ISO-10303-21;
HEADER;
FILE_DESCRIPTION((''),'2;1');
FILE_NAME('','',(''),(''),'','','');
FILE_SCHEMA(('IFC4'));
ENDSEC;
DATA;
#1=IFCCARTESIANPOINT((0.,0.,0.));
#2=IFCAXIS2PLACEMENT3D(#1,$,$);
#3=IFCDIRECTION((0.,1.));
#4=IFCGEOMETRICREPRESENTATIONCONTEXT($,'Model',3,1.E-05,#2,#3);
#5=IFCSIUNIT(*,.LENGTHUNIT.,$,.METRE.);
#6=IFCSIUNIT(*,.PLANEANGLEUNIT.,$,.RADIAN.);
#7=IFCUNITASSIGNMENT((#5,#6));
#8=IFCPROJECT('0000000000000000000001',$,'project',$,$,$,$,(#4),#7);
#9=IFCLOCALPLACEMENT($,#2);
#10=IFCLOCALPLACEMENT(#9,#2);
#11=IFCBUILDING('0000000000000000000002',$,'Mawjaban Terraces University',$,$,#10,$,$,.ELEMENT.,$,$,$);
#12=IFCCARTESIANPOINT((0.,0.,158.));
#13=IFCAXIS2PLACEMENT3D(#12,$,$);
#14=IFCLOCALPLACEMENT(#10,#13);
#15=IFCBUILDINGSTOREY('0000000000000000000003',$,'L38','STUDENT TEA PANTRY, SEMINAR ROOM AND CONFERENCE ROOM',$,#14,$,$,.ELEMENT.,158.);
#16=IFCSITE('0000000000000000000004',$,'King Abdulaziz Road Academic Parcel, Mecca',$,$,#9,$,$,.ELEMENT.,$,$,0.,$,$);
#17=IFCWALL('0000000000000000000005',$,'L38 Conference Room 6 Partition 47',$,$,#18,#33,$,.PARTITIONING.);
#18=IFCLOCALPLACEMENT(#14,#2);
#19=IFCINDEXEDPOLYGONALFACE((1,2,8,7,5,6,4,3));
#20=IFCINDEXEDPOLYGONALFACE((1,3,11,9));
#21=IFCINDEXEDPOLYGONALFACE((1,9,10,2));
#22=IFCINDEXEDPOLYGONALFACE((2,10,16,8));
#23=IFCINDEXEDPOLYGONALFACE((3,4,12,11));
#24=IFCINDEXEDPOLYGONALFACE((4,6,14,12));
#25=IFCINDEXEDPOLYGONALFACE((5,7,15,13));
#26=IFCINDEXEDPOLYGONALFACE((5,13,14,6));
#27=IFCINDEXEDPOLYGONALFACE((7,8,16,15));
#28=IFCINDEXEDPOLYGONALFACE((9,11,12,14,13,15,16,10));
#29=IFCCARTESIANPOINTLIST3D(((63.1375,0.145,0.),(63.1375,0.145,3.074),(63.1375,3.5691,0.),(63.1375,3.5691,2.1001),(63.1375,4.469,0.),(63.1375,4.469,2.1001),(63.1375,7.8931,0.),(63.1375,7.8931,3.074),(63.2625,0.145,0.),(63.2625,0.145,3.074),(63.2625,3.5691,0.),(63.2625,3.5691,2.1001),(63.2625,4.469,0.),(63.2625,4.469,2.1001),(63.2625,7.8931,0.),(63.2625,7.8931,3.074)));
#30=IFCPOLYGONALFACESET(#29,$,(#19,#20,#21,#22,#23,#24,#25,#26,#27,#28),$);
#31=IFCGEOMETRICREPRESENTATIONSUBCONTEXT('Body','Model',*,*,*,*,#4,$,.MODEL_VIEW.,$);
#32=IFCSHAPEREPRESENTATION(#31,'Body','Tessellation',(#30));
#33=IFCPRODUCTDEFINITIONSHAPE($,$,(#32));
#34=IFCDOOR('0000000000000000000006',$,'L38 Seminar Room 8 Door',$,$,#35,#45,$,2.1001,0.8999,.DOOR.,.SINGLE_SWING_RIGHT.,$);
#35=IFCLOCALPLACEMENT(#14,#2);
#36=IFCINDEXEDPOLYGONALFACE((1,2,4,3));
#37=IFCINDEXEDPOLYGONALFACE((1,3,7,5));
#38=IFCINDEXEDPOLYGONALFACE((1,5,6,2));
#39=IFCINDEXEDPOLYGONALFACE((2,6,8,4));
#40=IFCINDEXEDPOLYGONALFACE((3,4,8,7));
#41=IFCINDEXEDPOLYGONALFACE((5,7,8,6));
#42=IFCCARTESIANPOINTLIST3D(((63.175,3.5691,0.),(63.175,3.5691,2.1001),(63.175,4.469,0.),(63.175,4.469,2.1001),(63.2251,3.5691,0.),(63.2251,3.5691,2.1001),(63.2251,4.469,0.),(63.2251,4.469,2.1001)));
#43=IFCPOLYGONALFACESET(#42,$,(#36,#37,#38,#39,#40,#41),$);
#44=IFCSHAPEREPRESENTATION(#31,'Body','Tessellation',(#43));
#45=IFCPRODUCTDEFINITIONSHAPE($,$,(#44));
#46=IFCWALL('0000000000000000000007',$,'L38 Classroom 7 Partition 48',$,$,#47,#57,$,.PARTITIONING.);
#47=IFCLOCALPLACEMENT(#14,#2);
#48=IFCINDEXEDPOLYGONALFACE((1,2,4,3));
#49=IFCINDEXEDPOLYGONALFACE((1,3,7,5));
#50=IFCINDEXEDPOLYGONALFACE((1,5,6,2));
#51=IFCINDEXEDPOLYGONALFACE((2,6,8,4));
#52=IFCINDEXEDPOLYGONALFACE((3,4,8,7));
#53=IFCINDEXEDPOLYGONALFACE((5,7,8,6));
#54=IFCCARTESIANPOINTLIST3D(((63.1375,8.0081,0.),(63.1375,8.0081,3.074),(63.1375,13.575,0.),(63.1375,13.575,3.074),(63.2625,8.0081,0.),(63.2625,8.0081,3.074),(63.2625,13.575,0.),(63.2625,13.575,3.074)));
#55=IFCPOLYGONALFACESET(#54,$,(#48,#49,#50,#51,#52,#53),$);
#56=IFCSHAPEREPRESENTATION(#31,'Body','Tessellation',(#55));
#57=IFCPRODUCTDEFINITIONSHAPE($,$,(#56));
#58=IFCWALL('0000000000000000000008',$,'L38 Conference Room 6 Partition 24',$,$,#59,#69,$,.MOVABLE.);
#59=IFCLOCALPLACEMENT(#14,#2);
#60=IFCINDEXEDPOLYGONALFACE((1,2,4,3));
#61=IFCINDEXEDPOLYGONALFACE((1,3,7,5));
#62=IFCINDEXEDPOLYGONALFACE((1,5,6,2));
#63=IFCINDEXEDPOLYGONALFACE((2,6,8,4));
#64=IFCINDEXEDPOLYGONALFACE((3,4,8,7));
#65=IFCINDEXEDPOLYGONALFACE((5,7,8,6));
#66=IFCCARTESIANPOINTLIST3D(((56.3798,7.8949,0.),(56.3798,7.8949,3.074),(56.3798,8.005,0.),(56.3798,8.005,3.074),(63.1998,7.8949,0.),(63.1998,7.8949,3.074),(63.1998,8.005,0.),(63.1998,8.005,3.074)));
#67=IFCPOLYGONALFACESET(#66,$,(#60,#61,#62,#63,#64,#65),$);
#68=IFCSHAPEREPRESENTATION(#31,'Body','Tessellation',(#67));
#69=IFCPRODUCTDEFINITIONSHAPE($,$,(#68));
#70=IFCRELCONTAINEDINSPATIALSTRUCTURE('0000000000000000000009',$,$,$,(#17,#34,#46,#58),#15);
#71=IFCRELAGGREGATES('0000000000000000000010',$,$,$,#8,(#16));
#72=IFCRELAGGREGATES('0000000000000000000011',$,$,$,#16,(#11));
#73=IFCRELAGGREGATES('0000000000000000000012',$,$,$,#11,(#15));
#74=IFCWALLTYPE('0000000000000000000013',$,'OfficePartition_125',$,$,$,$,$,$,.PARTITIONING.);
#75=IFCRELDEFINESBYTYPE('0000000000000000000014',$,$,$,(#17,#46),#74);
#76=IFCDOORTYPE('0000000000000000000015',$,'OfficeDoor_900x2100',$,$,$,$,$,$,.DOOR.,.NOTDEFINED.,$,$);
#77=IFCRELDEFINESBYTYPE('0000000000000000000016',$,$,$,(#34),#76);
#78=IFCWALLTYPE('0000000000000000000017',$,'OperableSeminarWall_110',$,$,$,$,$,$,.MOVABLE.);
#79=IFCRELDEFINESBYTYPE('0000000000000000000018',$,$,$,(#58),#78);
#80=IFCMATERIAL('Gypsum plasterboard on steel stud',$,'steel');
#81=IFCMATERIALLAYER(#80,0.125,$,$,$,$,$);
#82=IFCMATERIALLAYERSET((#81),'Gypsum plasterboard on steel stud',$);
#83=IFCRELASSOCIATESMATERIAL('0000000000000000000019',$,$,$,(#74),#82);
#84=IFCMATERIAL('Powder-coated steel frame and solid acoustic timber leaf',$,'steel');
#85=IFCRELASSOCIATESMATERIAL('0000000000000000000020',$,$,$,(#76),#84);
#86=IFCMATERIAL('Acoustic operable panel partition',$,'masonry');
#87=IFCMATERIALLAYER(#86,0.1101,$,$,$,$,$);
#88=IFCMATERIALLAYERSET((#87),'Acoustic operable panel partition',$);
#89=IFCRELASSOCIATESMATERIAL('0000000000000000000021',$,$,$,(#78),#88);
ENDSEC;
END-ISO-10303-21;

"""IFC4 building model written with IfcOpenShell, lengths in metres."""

from ifc_helpers import new_model, si_unit, direction, frame, frame_2d, origin, place, context, subcontext, project, spatial, rectangle, extrude, material, layer, layer_set, type_object, element, fill, save


model = new_model("IFC4")

# Units and contexts
model_context = context("Model", 3, precision=1e-05, world=origin(), true_north=direction((0.0, 1.0)))
body_context = subcontext(model_context, "Body", "Model", "MODEL_VIEW")
ifc_project = project(units=[si_unit("LENGTHUNIT", "METRE"), si_unit("PLANEANGLEUNIT", "RADIAN")], contexts=[model_context])

# Site, building, storey
site_placement = place(None, origin())
site = spatial("IfcSite", under=ifc_project, at=site_placement, Name="King Abdulaziz Road Academic Parcel, Mecca", CompositionType="ELEMENT", RefElevation=0.0)
building_placement = place(site_placement, origin())
building = spatial("IfcBuilding", under=site, at=building_placement, Name="Mawjaban Terraces University", CompositionType="ELEMENT")
storey_placement = place(building_placement, frame((0.0, 0.0, 158.0)))
storey = spatial("IfcBuildingStorey", under=building, at=storey_placement, Name="L38", Description="STUDENT TEA PANTRY, SEMINAR ROOM AND CONFERENCE ROOM", CompositionType="ELEMENT", Elevation=158.0)

# Shared definitions
ifc_material_1 = material(Name="Powder-coated steel frame and solid acoustic timber leaf", Category="steel")

# Shared definitions
ifc_material_2 = material(Name="Gypsum plasterboard on steel stud", Category="steel")
ifc_layer_1 = layer(ifc_material_2, 0.125)
ifc_layer_set_1 = layer_set([ifc_layer_1], Name="Gypsum plasterboard on steel stud")
wall_type_1 = type_object("IfcWallType", Name="OfficePartition_125", PredefinedType="PARTITIONING", material=ifc_layer_set_1)

# Wall, opening, door
wall_1_placement = place(storey_placement, frame((63.2, 0.145, 0.0), z_axis=(0.0, 0.0, 1.0), x_axis=(0.0, 1.0, 0.0)))
wall_1 = element("IfcWall", 1, at=wall_1_placement, inside=storey, type_object=wall_type_1, Name="L38 Conference Room 6 Partition 47", PredefinedType="PARTITIONING", context=body_context, shape_type="SweptSolid", body=[
    extrude(rectangle(XDim=7.748, YDim=0.125, at=frame_2d((3.874, 0.0))), origin(), (0.0, 0.0, 1.0), 3.074),
])
opening_1_placement = place(wall_1_placement, frame((3.4241, 0.0, 0.0)))
opening_1 = element("IfcOpeningElement", 2, at=opening_1_placement, cuts=wall_1, PredefinedType="OPENING", context=body_context, shape_type="SweptSolid", body=[
    extrude(rectangle(XDim=0.8999, YDim=2.1001, at=frame_2d((0.45, 1.05))), frame((0.0, 0.0725, 0.0), z_axis=(0.0, -1.0, 0.0), x_axis=(1.0, 0.0, 0.0)), (0.0, 0.0, 1.0), 0.145),
])
door_type_1 = type_object("IfcDoorType", Name="OfficeDoor_900x2100", OperationType="NOTDEFINED", PredefinedType="DOOR", material=ifc_material_1)
door_1_placement = place(opening_1_placement, origin())
door_1 = element("IfcDoor", 3, at=door_1_placement, inside=storey, type_object=door_type_1, Name="L38 Seminar Room 8 Door", OperationType="SINGLE_SWING_RIGHT", OverallHeight=2.1001, OverallWidth=0.8999, PredefinedType="DOOR", context=body_context, shape_type="SweptSolid", body=[
    extrude(rectangle(XDim=0.8999, YDim=2.1001, at=frame_2d((0.45, 1.05))), frame((0.0, 0.0249, 0.0), z_axis=(0.0, -1.0, 0.0), x_axis=(1.0, 0.0, 0.0)), (0.0, 0.0, 1.0), 0.05),
])
fill(opening_1, door_1)

# Walls
wall_2_placement = place(storey_placement, frame((63.2, 8.0081, 0.0), z_axis=(0.0, 0.0, 1.0), x_axis=(0.0, 1.0, 0.0)))
element("IfcWall", 4, at=wall_2_placement, inside=storey, type_object=wall_type_1, Name="L38 Classroom 7 Partition 48", PredefinedType="PARTITIONING", context=body_context, shape_type="SweptSolid", body=[
    extrude(rectangle(XDim=5.5669, YDim=0.125, at=frame_2d((2.7834, 0.0))), origin(), (0.0, 0.0, 1.0), 3.074),
])
ifc_material_3 = material(Name="Acoustic operable panel partition", Category="masonry")
ifc_layer_2 = layer(ifc_material_3, 0.1101)
ifc_layer_set_2 = layer_set([ifc_layer_2], Name="Acoustic operable panel partition")
wall_type_2 = type_object("IfcWallType", Name="OperableSeminarWall_110", PredefinedType="MOVABLE", material=ifc_layer_set_2)
wall_3_placement = place(storey_placement, frame((63.2, 7.95, 0.0), z_axis=(0.0, 0.0, 1.0), x_axis=(-1.0, 0.0, 0.0)))
element("IfcWall", 5, at=wall_3_placement, inside=storey, type_object=wall_type_2, Name="L38 Conference Room 6 Partition 24", PredefinedType="MOVABLE", context=body_context, shape_type="SweptSolid", body=[
    extrude(rectangle(XDim=6.8201, YDim=0.1101, at=frame_2d((3.4102, 0.0))), origin(), (0.0, 0.0, 1.0), 3.074),
])

save(model, "model.ifc")
